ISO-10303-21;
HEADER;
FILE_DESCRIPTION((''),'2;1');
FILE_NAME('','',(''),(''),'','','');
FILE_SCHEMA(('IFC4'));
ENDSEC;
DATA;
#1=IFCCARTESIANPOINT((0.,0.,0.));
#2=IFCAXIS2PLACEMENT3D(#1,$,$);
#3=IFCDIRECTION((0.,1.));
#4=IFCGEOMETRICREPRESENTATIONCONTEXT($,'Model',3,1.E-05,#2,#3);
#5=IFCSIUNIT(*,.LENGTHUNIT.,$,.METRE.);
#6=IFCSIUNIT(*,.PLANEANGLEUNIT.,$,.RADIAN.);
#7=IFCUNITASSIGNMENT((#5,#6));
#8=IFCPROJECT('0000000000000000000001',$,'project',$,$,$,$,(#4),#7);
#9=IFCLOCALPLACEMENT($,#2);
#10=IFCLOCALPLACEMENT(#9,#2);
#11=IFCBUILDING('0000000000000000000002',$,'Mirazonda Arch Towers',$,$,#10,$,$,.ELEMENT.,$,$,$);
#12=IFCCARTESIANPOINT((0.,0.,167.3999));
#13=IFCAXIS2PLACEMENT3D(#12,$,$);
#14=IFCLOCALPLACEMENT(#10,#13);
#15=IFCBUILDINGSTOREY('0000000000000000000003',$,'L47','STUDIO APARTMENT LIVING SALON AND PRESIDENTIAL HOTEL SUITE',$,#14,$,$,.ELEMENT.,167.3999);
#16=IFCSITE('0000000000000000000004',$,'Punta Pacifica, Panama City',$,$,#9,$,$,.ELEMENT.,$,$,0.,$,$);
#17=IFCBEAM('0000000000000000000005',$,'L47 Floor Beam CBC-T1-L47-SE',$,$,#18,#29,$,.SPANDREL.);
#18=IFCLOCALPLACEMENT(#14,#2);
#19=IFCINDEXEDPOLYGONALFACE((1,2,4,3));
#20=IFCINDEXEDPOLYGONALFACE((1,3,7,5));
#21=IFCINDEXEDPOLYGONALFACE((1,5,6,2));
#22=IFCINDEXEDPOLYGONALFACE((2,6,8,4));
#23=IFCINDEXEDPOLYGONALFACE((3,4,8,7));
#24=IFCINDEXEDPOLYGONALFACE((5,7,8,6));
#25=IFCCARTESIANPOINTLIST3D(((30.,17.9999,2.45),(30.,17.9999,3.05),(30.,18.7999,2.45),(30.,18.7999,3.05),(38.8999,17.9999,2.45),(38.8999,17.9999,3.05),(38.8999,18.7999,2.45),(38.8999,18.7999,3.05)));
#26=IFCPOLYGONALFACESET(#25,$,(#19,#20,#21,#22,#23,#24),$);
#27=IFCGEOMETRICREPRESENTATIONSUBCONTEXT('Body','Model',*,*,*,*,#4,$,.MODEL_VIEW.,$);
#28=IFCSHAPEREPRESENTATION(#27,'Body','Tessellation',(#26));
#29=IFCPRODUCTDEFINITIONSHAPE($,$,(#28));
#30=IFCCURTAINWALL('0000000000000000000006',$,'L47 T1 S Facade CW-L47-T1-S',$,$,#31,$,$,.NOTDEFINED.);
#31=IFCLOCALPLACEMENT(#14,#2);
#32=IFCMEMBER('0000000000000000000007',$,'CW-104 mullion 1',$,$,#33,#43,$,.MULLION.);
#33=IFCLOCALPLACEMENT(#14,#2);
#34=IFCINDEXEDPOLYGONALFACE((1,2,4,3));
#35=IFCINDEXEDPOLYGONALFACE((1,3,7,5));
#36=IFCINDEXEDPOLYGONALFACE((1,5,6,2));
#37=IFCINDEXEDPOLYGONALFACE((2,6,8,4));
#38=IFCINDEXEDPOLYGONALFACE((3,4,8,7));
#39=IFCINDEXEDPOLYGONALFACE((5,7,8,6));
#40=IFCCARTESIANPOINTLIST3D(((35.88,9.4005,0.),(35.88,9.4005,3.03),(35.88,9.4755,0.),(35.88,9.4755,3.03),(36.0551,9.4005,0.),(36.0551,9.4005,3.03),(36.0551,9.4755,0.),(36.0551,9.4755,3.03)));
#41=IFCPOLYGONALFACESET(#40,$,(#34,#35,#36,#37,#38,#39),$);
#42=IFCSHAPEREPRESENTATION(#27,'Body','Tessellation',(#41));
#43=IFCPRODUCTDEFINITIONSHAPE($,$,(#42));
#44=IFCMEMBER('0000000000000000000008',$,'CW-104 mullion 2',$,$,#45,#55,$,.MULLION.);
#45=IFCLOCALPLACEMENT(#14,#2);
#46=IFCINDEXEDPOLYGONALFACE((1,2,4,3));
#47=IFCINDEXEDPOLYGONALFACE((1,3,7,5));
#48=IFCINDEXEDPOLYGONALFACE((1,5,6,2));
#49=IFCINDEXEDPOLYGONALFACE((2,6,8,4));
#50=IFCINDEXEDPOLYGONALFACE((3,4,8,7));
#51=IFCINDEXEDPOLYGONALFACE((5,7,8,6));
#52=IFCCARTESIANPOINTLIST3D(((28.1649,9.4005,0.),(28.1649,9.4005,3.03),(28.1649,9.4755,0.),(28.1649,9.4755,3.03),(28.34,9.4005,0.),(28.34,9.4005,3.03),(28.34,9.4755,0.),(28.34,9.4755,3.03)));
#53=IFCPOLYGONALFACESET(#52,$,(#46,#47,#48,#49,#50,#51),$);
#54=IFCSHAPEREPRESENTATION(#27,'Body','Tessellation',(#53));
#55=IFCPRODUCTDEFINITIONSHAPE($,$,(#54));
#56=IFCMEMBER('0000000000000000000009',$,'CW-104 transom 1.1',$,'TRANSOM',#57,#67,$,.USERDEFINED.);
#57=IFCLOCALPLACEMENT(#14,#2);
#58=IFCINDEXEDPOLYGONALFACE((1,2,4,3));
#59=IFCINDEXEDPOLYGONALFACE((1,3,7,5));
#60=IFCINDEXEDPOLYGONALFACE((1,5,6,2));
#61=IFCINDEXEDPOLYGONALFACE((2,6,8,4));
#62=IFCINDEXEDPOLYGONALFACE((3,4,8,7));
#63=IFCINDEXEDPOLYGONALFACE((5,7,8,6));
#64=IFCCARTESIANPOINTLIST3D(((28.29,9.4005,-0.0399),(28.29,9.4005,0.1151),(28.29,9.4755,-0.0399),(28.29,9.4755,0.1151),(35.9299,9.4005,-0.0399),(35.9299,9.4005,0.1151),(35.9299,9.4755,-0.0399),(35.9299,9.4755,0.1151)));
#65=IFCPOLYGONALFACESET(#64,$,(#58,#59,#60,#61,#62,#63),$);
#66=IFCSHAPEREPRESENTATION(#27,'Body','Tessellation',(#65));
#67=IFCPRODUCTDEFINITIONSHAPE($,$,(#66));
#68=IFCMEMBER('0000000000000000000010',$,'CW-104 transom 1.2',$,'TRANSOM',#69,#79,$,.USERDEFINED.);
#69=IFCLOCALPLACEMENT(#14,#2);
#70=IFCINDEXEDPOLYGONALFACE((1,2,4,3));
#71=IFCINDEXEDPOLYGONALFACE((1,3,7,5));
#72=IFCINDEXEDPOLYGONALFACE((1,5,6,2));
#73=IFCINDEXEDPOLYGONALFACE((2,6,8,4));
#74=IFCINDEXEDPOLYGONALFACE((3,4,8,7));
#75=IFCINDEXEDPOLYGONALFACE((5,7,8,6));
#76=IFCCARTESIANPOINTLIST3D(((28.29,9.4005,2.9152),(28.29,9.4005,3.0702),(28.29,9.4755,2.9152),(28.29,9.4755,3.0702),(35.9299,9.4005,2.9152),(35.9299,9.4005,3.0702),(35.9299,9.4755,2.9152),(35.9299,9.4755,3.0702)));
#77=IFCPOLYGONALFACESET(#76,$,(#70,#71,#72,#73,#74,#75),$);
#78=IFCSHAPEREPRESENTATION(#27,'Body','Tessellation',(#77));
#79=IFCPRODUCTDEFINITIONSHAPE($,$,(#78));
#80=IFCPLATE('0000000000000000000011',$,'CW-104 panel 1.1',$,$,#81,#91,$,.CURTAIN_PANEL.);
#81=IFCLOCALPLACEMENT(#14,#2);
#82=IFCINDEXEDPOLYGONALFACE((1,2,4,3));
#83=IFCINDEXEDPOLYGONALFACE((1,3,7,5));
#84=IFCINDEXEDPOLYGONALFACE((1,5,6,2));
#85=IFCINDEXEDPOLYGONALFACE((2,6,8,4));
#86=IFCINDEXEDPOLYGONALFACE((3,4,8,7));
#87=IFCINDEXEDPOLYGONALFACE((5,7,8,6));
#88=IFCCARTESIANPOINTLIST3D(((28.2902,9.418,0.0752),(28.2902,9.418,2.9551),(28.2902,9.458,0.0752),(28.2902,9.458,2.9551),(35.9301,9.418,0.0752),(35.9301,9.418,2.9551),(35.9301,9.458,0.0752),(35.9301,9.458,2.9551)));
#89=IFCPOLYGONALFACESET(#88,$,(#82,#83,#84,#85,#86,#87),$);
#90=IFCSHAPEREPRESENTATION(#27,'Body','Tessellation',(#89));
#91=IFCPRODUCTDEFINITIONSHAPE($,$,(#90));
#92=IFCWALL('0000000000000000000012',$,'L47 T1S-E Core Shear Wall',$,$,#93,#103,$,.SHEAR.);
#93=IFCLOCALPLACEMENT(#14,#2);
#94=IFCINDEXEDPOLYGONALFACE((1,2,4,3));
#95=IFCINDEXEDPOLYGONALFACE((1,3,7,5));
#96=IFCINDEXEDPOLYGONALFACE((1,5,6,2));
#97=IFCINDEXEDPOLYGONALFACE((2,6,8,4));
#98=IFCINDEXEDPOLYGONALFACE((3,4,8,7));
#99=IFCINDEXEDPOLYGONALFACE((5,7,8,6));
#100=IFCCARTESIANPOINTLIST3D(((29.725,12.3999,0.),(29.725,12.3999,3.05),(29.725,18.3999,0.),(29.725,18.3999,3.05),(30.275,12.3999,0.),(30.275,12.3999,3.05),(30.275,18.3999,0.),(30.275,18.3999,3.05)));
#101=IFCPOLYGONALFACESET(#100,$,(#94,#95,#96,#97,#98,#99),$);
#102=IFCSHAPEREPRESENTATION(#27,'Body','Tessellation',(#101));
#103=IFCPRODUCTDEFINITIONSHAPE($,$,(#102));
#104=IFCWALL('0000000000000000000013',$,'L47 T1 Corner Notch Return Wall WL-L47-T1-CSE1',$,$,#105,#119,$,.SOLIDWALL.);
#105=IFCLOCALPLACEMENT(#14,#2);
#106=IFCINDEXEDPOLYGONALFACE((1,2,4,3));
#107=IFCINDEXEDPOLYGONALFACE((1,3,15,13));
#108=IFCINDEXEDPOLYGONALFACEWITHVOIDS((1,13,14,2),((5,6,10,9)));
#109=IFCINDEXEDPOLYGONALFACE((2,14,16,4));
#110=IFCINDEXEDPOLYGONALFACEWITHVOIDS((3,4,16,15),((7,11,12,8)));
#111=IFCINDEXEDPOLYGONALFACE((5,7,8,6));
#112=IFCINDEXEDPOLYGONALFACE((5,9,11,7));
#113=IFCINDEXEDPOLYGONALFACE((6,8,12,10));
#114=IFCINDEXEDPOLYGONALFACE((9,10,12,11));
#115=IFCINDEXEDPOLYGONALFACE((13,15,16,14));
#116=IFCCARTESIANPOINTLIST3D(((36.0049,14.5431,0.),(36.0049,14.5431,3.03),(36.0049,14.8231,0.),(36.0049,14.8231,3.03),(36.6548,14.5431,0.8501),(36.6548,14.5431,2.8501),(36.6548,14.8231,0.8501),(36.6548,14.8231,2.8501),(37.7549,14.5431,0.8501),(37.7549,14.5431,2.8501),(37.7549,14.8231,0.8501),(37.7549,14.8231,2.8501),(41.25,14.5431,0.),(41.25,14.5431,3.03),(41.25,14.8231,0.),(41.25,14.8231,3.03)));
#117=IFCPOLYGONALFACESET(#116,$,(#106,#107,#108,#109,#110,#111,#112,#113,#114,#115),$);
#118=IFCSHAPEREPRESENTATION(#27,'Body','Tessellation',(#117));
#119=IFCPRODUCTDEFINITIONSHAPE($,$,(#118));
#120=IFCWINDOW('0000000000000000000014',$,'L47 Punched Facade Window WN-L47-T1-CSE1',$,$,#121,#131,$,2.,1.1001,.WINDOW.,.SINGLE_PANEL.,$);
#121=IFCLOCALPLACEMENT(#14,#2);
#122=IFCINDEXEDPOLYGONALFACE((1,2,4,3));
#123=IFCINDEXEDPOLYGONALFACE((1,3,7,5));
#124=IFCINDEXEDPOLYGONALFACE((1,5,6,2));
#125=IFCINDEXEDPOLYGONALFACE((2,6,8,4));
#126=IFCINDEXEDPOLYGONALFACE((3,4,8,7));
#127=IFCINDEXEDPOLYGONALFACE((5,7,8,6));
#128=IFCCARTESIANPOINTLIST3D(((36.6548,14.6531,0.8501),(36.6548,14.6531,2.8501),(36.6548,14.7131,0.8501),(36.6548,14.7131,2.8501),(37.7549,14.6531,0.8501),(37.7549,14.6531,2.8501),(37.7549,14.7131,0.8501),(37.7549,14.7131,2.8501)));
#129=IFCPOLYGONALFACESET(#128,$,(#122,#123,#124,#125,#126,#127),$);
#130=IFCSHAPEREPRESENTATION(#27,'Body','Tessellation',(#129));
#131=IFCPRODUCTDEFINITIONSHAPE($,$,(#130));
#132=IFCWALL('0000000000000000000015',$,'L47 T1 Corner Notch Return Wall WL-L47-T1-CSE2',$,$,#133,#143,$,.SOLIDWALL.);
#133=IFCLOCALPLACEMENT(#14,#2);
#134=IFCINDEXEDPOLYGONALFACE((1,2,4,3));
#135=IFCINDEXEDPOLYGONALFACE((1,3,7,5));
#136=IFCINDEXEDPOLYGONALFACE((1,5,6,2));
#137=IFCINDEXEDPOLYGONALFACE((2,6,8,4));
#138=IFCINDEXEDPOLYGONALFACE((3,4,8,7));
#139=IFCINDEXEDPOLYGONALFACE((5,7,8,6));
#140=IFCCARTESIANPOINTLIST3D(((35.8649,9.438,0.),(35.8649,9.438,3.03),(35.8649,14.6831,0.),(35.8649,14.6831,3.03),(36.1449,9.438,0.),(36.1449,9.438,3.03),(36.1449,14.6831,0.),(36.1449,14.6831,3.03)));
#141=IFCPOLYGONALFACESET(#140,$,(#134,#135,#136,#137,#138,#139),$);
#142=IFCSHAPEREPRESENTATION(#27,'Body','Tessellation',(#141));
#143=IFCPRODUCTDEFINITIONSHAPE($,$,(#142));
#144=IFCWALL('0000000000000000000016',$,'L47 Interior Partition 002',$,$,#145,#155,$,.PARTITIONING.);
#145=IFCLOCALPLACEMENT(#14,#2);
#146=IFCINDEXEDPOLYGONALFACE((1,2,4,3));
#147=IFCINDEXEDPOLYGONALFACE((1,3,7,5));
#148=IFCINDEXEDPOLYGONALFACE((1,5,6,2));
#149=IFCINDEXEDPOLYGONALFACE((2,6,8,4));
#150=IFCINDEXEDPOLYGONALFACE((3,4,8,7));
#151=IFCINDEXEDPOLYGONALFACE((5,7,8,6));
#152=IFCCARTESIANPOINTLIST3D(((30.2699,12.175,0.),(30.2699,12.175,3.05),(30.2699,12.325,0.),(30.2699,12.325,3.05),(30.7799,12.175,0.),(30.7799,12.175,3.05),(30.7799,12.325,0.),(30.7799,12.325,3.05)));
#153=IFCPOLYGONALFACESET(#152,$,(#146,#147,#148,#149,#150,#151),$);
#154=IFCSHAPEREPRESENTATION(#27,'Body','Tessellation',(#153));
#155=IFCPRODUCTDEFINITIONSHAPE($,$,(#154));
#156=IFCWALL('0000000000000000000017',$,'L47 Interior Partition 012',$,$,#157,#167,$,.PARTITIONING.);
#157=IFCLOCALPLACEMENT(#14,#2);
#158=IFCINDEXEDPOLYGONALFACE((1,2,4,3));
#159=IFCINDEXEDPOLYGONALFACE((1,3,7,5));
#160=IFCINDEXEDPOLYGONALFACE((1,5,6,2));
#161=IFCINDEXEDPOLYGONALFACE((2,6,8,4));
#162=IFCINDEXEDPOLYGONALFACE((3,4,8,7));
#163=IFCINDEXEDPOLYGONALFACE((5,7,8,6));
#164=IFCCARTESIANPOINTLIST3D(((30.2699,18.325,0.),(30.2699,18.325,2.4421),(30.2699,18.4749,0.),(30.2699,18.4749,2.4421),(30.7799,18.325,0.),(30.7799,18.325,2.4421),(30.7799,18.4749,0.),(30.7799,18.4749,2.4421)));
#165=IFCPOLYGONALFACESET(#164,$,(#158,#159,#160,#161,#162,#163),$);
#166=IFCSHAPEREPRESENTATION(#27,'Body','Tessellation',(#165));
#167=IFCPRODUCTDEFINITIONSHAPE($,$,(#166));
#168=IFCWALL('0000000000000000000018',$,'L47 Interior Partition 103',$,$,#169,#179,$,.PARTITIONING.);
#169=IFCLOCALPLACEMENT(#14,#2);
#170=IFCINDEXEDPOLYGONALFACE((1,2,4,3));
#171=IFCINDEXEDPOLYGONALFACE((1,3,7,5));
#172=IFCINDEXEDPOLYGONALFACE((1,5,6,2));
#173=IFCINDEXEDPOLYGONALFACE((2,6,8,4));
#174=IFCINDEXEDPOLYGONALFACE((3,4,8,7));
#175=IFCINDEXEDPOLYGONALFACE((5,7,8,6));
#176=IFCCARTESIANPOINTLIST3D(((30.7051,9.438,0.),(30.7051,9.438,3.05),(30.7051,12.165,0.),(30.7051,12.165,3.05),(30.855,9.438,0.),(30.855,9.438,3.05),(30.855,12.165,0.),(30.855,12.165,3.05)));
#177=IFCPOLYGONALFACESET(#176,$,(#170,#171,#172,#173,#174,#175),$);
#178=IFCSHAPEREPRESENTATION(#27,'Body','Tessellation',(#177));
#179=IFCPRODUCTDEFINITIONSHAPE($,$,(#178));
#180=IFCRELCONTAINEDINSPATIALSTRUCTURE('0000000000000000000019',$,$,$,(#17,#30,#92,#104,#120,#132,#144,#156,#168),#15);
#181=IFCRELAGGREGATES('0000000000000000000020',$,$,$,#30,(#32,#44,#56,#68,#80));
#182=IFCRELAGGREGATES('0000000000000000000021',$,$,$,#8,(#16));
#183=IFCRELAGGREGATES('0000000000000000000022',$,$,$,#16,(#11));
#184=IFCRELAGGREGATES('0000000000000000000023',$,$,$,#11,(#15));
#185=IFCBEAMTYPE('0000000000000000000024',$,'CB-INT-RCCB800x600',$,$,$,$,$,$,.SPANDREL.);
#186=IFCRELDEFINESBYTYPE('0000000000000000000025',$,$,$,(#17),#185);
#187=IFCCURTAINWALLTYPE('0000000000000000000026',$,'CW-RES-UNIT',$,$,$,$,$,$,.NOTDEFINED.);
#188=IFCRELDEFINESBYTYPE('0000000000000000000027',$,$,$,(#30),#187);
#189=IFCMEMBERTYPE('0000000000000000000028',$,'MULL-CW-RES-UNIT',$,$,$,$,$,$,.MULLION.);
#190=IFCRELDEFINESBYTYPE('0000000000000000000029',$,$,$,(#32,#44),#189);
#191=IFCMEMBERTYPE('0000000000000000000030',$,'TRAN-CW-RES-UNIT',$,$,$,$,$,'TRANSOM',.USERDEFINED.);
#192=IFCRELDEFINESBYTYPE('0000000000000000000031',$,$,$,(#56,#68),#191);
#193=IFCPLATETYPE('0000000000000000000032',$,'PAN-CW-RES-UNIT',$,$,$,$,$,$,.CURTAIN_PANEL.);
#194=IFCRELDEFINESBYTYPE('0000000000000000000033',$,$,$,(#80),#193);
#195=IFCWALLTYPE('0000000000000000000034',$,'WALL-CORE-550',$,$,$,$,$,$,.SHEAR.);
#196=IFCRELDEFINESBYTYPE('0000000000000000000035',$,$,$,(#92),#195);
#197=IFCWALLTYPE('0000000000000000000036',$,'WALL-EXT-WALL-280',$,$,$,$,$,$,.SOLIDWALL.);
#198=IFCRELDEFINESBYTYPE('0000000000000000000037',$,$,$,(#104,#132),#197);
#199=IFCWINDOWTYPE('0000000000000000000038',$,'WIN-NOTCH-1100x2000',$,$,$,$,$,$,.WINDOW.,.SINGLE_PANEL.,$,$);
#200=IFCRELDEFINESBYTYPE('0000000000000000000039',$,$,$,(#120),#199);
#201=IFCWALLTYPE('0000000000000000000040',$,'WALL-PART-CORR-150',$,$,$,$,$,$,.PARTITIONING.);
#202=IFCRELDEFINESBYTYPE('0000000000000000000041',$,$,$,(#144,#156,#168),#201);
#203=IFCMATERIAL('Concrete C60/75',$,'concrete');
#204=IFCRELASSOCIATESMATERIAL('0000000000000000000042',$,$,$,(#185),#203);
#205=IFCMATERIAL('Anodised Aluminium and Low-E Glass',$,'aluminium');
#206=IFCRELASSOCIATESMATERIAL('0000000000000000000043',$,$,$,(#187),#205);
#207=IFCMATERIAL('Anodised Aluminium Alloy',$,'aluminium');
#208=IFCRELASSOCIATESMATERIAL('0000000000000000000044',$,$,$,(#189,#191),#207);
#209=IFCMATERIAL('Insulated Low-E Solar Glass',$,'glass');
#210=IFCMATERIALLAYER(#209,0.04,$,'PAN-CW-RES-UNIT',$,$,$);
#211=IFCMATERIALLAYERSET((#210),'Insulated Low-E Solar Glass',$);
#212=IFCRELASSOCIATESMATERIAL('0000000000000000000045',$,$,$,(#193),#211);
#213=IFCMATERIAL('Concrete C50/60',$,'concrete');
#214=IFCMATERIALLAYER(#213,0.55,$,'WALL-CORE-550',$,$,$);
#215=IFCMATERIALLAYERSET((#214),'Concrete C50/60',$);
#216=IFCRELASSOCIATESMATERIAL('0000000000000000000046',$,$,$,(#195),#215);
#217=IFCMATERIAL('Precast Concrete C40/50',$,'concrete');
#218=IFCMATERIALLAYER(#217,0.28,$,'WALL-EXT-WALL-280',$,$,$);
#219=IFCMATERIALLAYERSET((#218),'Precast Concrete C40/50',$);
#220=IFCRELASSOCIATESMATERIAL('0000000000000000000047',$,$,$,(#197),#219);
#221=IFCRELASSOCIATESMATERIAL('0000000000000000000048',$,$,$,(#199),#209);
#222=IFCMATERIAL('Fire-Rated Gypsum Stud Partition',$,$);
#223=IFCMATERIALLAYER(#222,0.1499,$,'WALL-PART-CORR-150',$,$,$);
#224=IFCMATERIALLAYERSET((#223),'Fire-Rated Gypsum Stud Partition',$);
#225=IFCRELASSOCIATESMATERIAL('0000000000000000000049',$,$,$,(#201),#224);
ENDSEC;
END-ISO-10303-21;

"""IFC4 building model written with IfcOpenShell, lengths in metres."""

from ifc_helpers import new_model, si_unit, direction, frame, frame_2d, origin, origin_2d, place, context, subcontext, project, spatial, rectangle, extrude, material, layer, layer_set, material_profile, profile_set, type_object, element, fill, aggregate, save


model = new_model("IFC4")

# Units and contexts
model_context = context("Model", 3, precision=1e-05, world=origin(), true_north=direction((0.0, 1.0)))
body_context = subcontext(model_context, "Body", "Model", "MODEL_VIEW")
ifc_project = project(units=[si_unit("LENGTHUNIT", "METRE"), si_unit("PLANEANGLEUNIT", "RADIAN")], contexts=[model_context])

# Site, building, storey
site_placement = place(None, origin())
site = spatial("IfcSite", under=ifc_project, at=site_placement, Name="Punta Pacifica, Panama City", CompositionType="ELEMENT", RefElevation=0.0)
building_placement = place(site_placement, origin())
building = spatial("IfcBuilding", under=site, at=building_placement, Name="Mirazonda Arch Towers", CompositionType="ELEMENT")
storey_placement = place(building_placement, frame((0.0, 0.0, 167.3999)))
storey = spatial("IfcBuildingStorey", under=building, at=storey_placement, Name="L47", Description="STUDIO APARTMENT LIVING SALON AND PRESIDENTIAL HOTEL SUITE", CompositionType="ELEMENT", Elevation=167.3999)

# Shared definitions
ifc_material_1 = material(Name="Concrete C50/60", Category="concrete")

# Beam
ifc_material_2 = material(Name="Concrete C60/75", Category="concrete")
ifc_material_profile_1 = material_profile(ifc_material_2, rectangle(XDim=0.8, YDim=0.6001, at=origin_2d()), Name="RCCB800x600")
ifc_profile_set_1 = profile_set([ifc_material_profile_1], Name="Concrete C60/75")
beam_type_1 = type_object("IfcBeamType", Name="CB-INT-RCCB800x600", PredefinedType="SPANDREL", material=ifc_profile_set_1)
beam_1_placement = place(storey_placement, frame((30.0, 18.3999, 2.75), z_axis=(1.0, 0.0, 0.0), x_axis=(0.0, 1.0, 0.0)))
element("IfcBeam", 1, at=beam_1_placement, inside=storey, type_object=beam_type_1, Name="L47 Floor Beam CBC-T1-L47-SE", PredefinedType="SPANDREL", context=body_context, shape_type="SweptSolid", body=[
    extrude(rectangle(XDim=0.8, YDim=0.6001, at=origin_2d()), origin(), (0.0, 0.0, 1.0), 8.8999),
])

# Curtain wall, members, plate
ifc_material_3 = material(Name="Anodised Aluminium and Low-E Glass", Category="aluminium")
curtain_wall_type = type_object("IfcCurtainWallType", Name="CW-RES-UNIT", PredefinedType="NOTDEFINED", material=ifc_material_3)
curtain_wall_placement = place(storey_placement, origin())
curtain_wall = element("IfcCurtainWall", 2, at=curtain_wall_placement, inside=storey, type_object=curtain_wall_type, Name="L47 T1 S Facade CW-L47-T1-S", PredefinedType="NOTDEFINED")
ifc_material_4 = material(Name="Anodised Aluminium Alloy", Category="aluminium")
ifc_material_profile_2 = material_profile(ifc_material_4, rectangle(XDim=0.075, YDim=0.175, at=origin_2d()), Name="ALU-MULL-75x175")
ifc_profile_set_2 = profile_set([ifc_material_profile_2], Name="Anodised Aluminium Alloy")
member_type_1 = type_object("IfcMemberType", Name="MULL-CW-RES-UNIT", PredefinedType="MULLION", material=ifc_profile_set_2)
member_1_placement = place(storey_placement, frame((35.9675, 9.438, 0.0), z_axis=(0.0, 0.0, 1.0), x_axis=(0.0, -1.0, 0.0)))
member_1 = element("IfcMember", 3, at=member_1_placement, type_object=member_type_1, Name="CW-104 mullion 1", PredefinedType="MULLION", context=body_context, shape_type="SweptSolid", body=[
    extrude(rectangle(XDim=0.075, YDim=0.175, at=origin_2d()), origin(), (0.0, 0.0, 1.0), 3.03),
])
member_2_placement = place(storey_placement, frame((28.2524, 9.438, 0.0), z_axis=(0.0, 0.0, 1.0), x_axis=(0.0, -1.0, 0.0)))
member_2 = element("IfcMember", 4, at=member_2_placement, type_object=member_type_1, Name="CW-104 mullion 2", PredefinedType="MULLION", context=body_context, shape_type="SweptSolid", body=[
    extrude(rectangle(XDim=0.075, YDim=0.175, at=origin_2d()), origin(), (0.0, 0.0, 1.0), 3.03),
])
ifc_material_profile_3 = material_profile(ifc_material_4, rectangle(XDim=0.075, YDim=0.155, at=origin_2d()), Name="ALU-TRAN-75x155")
ifc_profile_set_3 = profile_set([ifc_material_profile_3], Name="Anodised Aluminium Alloy")
member_type_2 = type_object("IfcMemberType", Name="TRAN-CW-RES-UNIT", ElementType="TRANSOM", PredefinedType="USERDEFINED", material=ifc_profile_set_3)
member_3_placement = place(storey_placement, frame((35.9299, 9.438, 0.0376), z_axis=(-1.0, 0.0, 0.0), x_axis=(0.0, -1.0, 0.0)))
member_3 = element("IfcMember", 5, at=member_3_placement, type_object=member_type_2, Name="CW-104 transom 1.1", ObjectType="TRANSOM", PredefinedType="USERDEFINED", context=body_context, shape_type="SweptSolid", body=[
    extrude(rectangle(XDim=0.075, YDim=0.155, at=origin_2d()), origin(), (0.0, 0.0, 1.0), 7.6399),
])
member_4_placement = place(storey_placement, frame((35.9299, 9.438, 2.9927), z_axis=(-1.0, 0.0, 0.0), x_axis=(0.0, -1.0, 0.0)))
member_4 = element("IfcMember", 6, at=member_4_placement, type_object=member_type_2, Name="CW-104 transom 1.2", ObjectType="TRANSOM", PredefinedType="USERDEFINED", context=body_context, shape_type="SweptSolid", body=[
    extrude(rectangle(XDim=0.075, YDim=0.155, at=origin_2d()), origin(), (0.0, 0.0, 1.0), 7.6399),
])
ifc_material_5 = material(Name="Insulated Low-E Solar Glass", Category="glass")
ifc_layer_1 = layer(ifc_material_5, 0.04, Name="PAN-CW-RES-UNIT")
ifc_layer_set_1 = layer_set([ifc_layer_1], Name="Insulated Low-E Solar Glass")
plate_type = type_object("IfcPlateType", Name="PAN-CW-RES-UNIT", PredefinedType="CURTAIN_PANEL", material=ifc_layer_set_1)
plate_placement = place(storey_placement, frame((32.1101, 9.438, 0.0752), z_axis=(0.0, 0.0, 1.0), x_axis=(-1.0, 0.0, 0.0)))
plate = element("IfcPlate", 7, at=plate_placement, type_object=plate_type, Name="CW-104 panel 1.1", PredefinedType="CURTAIN_PANEL", context=body_context, shape_type="SweptSolid", body=[
    extrude(rectangle(XDim=7.6399, YDim=0.04, at=origin_2d()), origin(), (0.0, 0.0, 1.0), 2.8799),
])
aggregate(curtain_wall, [member_1, member_2, member_3, member_4, plate])

# Wall
ifc_layer_2 = layer(ifc_material_1, 0.55, Name="WALL-CORE-550")
ifc_layer_set_2 = layer_set([ifc_layer_2], Name="Concrete C50/60")
wall_type_1 = type_object("IfcWallType", Name="WALL-CORE-550", PredefinedType="SHEAR", material=ifc_layer_set_2)
wall_1_placement = place(storey_placement, frame((30.0, 12.3999, 0.0), z_axis=(0.0, 0.0, 1.0), x_axis=(0.0, 1.0, 0.0)))
element("IfcWall", 8, at=wall_1_placement, inside=storey, type_object=wall_type_1, Name="L47 T1S-E Core Shear Wall", PredefinedType="SHEAR", context=body_context, shape_type="SweptSolid", body=[
    extrude(rectangle(XDim=6.0, YDim=0.55, at=frame_2d((3.0, 0.0))), origin(), (0.0, 0.0, 1.0), 3.05),
])

# Wall, opening, window
ifc_material_6 = material(Name="Precast Concrete C40/50", Category="concrete")
ifc_layer_3 = layer(ifc_material_6, 0.28, Name="WALL-EXT-WALL-280")
ifc_layer_set_3 = layer_set([ifc_layer_3], Name="Precast Concrete C40/50")
wall_type_2 = type_object("IfcWallType", Name="WALL-EXT-WALL-280", PredefinedType="SOLIDWALL", material=ifc_layer_set_3)
wall_2_placement = place(storey_placement, frame((36.0049, 14.6831, 0.0), z_axis=(0.0, 0.0, 1.0), x_axis=(1.0, 0.0, 0.0)))
wall_2 = element("IfcWall", 9, at=wall_2_placement, inside=storey, type_object=wall_type_2, Name="L47 T1 Corner Notch Return Wall WL-L47-T1-CSE1", PredefinedType="SOLIDWALL", context=body_context, shape_type="SweptSolid", body=[
    extrude(rectangle(XDim=5.2451, YDim=0.28, at=frame_2d((2.6226, 0.0))), origin(), (0.0, 0.0, 1.0), 3.03),
])
opening_1_placement = place(wall_2_placement, frame((0.6499, 0.0, 0.8501)))
opening_1 = element("IfcOpeningElement", 10, at=opening_1_placement, cuts=wall_2, PredefinedType="OPENING", context=body_context, shape_type="SweptSolid", body=[
    extrude(rectangle(XDim=1.1001, YDim=2.0, at=frame_2d((0.55, 1.0))), frame((0.0, 0.1499, 0.0), z_axis=(0.0, -1.0, 0.0), x_axis=(1.0, 0.0, 0.0)), (0.0, 0.0, 1.0), 0.3),
])
window_type = type_object("IfcWindowType", Name="WIN-NOTCH-1100x2000", PartitioningType="SINGLE_PANEL", PredefinedType="WINDOW", material=ifc_material_5)
window_placement = place(opening_1_placement, origin())
window = element("IfcWindow", 11, at=window_placement, inside=storey, type_object=window_type, Name="L47 Punched Facade Window WN-L47-T1-CSE1", OverallHeight=2.0, OverallWidth=1.1001, PartitioningType="SINGLE_PANEL", PredefinedType="WINDOW", context=body_context, shape_type="SweptSolid", body=[
    extrude(rectangle(XDim=1.1001, YDim=2.0, at=frame_2d((0.55, 1.0))), frame((0.0, 0.03, 0.0), z_axis=(0.0, -1.0, 0.0), x_axis=(1.0, 0.0, 0.0)), (0.0, 0.0, 1.0), 0.0601),
])
fill(opening_1, window)

# Walls
wall_3_placement = place(storey_placement, frame((36.0049, 9.438, 0.0), z_axis=(0.0, 0.0, 1.0), x_axis=(0.0, 1.0, 0.0)))
element("IfcWall", 12, at=wall_3_placement, inside=storey, type_object=wall_type_2, Name="L47 T1 Corner Notch Return Wall WL-L47-T1-CSE2", PredefinedType="SOLIDWALL", context=body_context, shape_type="SweptSolid", body=[
    extrude(rectangle(XDim=5.2451, YDim=0.28, at=frame_2d((2.6226, 0.0))), origin(), (0.0, 0.0, 1.0), 3.03),
])
ifc_material_7 = material(Name="Fire-Rated Gypsum Stud Partition")
ifc_layer_4 = layer(ifc_material_7, 0.1499, Name="WALL-PART-CORR-150")
ifc_layer_set_4 = layer_set([ifc_layer_4], Name="Fire-Rated Gypsum Stud Partition")
wall_type_3 = type_object("IfcWallType", Name="WALL-PART-CORR-150", PredefinedType="PARTITIONING", material=ifc_layer_set_4)
wall_4_placement = place(storey_placement, frame((30.27, 12.25, 0.0), z_axis=(0.0, 0.0, 1.0), x_axis=(1.0, 0.0, 0.0)))
element("IfcWall", 13, at=wall_4_placement, inside=storey, type_object=wall_type_3, Name="L47 Interior Partition 002", PredefinedType="PARTITIONING", context=body_context, shape_type="SweptSolid", body=[
    extrude(rectangle(XDim=0.51, YDim=0.1499, at=frame_2d((0.2549, 0.0))), origin(), (0.0, 0.0, 1.0), 3.05),
])
wall_5_placement = place(storey_placement, frame((30.27, 18.3999, 0.0), z_axis=(0.0, 0.0, 1.0), x_axis=(1.0, 0.0, 0.0)))
element("IfcWall", 14, at=wall_5_placement, inside=storey, type_object=wall_type_3, Name="L47 Interior Partition 012", PredefinedType="PARTITIONING", context=body_context, shape_type="SweptSolid", body=[
    extrude(rectangle(XDim=0.51, YDim=0.1499, at=frame_2d((0.2549, 0.0))), origin(), (0.0, 0.0, 1.0), 2.4421),
])
wall_6_placement = place(storey_placement, frame((30.78, 9.438, 0.0), z_axis=(0.0, 0.0, 1.0), x_axis=(0.0, 1.0, 0.0)))
element("IfcWall", 15, at=wall_6_placement, inside=storey, type_object=wall_type_3, Name="L47 Interior Partition 103", PredefinedType="PARTITIONING", context=body_context, shape_type="SweptSolid", body=[
    extrude(rectangle(XDim=2.7271, YDim=0.1499, at=frame_2d((1.3635, 0.0))), origin(), (0.0, 0.0, 1.0), 3.05),
])

save(model, "model.ifc")
